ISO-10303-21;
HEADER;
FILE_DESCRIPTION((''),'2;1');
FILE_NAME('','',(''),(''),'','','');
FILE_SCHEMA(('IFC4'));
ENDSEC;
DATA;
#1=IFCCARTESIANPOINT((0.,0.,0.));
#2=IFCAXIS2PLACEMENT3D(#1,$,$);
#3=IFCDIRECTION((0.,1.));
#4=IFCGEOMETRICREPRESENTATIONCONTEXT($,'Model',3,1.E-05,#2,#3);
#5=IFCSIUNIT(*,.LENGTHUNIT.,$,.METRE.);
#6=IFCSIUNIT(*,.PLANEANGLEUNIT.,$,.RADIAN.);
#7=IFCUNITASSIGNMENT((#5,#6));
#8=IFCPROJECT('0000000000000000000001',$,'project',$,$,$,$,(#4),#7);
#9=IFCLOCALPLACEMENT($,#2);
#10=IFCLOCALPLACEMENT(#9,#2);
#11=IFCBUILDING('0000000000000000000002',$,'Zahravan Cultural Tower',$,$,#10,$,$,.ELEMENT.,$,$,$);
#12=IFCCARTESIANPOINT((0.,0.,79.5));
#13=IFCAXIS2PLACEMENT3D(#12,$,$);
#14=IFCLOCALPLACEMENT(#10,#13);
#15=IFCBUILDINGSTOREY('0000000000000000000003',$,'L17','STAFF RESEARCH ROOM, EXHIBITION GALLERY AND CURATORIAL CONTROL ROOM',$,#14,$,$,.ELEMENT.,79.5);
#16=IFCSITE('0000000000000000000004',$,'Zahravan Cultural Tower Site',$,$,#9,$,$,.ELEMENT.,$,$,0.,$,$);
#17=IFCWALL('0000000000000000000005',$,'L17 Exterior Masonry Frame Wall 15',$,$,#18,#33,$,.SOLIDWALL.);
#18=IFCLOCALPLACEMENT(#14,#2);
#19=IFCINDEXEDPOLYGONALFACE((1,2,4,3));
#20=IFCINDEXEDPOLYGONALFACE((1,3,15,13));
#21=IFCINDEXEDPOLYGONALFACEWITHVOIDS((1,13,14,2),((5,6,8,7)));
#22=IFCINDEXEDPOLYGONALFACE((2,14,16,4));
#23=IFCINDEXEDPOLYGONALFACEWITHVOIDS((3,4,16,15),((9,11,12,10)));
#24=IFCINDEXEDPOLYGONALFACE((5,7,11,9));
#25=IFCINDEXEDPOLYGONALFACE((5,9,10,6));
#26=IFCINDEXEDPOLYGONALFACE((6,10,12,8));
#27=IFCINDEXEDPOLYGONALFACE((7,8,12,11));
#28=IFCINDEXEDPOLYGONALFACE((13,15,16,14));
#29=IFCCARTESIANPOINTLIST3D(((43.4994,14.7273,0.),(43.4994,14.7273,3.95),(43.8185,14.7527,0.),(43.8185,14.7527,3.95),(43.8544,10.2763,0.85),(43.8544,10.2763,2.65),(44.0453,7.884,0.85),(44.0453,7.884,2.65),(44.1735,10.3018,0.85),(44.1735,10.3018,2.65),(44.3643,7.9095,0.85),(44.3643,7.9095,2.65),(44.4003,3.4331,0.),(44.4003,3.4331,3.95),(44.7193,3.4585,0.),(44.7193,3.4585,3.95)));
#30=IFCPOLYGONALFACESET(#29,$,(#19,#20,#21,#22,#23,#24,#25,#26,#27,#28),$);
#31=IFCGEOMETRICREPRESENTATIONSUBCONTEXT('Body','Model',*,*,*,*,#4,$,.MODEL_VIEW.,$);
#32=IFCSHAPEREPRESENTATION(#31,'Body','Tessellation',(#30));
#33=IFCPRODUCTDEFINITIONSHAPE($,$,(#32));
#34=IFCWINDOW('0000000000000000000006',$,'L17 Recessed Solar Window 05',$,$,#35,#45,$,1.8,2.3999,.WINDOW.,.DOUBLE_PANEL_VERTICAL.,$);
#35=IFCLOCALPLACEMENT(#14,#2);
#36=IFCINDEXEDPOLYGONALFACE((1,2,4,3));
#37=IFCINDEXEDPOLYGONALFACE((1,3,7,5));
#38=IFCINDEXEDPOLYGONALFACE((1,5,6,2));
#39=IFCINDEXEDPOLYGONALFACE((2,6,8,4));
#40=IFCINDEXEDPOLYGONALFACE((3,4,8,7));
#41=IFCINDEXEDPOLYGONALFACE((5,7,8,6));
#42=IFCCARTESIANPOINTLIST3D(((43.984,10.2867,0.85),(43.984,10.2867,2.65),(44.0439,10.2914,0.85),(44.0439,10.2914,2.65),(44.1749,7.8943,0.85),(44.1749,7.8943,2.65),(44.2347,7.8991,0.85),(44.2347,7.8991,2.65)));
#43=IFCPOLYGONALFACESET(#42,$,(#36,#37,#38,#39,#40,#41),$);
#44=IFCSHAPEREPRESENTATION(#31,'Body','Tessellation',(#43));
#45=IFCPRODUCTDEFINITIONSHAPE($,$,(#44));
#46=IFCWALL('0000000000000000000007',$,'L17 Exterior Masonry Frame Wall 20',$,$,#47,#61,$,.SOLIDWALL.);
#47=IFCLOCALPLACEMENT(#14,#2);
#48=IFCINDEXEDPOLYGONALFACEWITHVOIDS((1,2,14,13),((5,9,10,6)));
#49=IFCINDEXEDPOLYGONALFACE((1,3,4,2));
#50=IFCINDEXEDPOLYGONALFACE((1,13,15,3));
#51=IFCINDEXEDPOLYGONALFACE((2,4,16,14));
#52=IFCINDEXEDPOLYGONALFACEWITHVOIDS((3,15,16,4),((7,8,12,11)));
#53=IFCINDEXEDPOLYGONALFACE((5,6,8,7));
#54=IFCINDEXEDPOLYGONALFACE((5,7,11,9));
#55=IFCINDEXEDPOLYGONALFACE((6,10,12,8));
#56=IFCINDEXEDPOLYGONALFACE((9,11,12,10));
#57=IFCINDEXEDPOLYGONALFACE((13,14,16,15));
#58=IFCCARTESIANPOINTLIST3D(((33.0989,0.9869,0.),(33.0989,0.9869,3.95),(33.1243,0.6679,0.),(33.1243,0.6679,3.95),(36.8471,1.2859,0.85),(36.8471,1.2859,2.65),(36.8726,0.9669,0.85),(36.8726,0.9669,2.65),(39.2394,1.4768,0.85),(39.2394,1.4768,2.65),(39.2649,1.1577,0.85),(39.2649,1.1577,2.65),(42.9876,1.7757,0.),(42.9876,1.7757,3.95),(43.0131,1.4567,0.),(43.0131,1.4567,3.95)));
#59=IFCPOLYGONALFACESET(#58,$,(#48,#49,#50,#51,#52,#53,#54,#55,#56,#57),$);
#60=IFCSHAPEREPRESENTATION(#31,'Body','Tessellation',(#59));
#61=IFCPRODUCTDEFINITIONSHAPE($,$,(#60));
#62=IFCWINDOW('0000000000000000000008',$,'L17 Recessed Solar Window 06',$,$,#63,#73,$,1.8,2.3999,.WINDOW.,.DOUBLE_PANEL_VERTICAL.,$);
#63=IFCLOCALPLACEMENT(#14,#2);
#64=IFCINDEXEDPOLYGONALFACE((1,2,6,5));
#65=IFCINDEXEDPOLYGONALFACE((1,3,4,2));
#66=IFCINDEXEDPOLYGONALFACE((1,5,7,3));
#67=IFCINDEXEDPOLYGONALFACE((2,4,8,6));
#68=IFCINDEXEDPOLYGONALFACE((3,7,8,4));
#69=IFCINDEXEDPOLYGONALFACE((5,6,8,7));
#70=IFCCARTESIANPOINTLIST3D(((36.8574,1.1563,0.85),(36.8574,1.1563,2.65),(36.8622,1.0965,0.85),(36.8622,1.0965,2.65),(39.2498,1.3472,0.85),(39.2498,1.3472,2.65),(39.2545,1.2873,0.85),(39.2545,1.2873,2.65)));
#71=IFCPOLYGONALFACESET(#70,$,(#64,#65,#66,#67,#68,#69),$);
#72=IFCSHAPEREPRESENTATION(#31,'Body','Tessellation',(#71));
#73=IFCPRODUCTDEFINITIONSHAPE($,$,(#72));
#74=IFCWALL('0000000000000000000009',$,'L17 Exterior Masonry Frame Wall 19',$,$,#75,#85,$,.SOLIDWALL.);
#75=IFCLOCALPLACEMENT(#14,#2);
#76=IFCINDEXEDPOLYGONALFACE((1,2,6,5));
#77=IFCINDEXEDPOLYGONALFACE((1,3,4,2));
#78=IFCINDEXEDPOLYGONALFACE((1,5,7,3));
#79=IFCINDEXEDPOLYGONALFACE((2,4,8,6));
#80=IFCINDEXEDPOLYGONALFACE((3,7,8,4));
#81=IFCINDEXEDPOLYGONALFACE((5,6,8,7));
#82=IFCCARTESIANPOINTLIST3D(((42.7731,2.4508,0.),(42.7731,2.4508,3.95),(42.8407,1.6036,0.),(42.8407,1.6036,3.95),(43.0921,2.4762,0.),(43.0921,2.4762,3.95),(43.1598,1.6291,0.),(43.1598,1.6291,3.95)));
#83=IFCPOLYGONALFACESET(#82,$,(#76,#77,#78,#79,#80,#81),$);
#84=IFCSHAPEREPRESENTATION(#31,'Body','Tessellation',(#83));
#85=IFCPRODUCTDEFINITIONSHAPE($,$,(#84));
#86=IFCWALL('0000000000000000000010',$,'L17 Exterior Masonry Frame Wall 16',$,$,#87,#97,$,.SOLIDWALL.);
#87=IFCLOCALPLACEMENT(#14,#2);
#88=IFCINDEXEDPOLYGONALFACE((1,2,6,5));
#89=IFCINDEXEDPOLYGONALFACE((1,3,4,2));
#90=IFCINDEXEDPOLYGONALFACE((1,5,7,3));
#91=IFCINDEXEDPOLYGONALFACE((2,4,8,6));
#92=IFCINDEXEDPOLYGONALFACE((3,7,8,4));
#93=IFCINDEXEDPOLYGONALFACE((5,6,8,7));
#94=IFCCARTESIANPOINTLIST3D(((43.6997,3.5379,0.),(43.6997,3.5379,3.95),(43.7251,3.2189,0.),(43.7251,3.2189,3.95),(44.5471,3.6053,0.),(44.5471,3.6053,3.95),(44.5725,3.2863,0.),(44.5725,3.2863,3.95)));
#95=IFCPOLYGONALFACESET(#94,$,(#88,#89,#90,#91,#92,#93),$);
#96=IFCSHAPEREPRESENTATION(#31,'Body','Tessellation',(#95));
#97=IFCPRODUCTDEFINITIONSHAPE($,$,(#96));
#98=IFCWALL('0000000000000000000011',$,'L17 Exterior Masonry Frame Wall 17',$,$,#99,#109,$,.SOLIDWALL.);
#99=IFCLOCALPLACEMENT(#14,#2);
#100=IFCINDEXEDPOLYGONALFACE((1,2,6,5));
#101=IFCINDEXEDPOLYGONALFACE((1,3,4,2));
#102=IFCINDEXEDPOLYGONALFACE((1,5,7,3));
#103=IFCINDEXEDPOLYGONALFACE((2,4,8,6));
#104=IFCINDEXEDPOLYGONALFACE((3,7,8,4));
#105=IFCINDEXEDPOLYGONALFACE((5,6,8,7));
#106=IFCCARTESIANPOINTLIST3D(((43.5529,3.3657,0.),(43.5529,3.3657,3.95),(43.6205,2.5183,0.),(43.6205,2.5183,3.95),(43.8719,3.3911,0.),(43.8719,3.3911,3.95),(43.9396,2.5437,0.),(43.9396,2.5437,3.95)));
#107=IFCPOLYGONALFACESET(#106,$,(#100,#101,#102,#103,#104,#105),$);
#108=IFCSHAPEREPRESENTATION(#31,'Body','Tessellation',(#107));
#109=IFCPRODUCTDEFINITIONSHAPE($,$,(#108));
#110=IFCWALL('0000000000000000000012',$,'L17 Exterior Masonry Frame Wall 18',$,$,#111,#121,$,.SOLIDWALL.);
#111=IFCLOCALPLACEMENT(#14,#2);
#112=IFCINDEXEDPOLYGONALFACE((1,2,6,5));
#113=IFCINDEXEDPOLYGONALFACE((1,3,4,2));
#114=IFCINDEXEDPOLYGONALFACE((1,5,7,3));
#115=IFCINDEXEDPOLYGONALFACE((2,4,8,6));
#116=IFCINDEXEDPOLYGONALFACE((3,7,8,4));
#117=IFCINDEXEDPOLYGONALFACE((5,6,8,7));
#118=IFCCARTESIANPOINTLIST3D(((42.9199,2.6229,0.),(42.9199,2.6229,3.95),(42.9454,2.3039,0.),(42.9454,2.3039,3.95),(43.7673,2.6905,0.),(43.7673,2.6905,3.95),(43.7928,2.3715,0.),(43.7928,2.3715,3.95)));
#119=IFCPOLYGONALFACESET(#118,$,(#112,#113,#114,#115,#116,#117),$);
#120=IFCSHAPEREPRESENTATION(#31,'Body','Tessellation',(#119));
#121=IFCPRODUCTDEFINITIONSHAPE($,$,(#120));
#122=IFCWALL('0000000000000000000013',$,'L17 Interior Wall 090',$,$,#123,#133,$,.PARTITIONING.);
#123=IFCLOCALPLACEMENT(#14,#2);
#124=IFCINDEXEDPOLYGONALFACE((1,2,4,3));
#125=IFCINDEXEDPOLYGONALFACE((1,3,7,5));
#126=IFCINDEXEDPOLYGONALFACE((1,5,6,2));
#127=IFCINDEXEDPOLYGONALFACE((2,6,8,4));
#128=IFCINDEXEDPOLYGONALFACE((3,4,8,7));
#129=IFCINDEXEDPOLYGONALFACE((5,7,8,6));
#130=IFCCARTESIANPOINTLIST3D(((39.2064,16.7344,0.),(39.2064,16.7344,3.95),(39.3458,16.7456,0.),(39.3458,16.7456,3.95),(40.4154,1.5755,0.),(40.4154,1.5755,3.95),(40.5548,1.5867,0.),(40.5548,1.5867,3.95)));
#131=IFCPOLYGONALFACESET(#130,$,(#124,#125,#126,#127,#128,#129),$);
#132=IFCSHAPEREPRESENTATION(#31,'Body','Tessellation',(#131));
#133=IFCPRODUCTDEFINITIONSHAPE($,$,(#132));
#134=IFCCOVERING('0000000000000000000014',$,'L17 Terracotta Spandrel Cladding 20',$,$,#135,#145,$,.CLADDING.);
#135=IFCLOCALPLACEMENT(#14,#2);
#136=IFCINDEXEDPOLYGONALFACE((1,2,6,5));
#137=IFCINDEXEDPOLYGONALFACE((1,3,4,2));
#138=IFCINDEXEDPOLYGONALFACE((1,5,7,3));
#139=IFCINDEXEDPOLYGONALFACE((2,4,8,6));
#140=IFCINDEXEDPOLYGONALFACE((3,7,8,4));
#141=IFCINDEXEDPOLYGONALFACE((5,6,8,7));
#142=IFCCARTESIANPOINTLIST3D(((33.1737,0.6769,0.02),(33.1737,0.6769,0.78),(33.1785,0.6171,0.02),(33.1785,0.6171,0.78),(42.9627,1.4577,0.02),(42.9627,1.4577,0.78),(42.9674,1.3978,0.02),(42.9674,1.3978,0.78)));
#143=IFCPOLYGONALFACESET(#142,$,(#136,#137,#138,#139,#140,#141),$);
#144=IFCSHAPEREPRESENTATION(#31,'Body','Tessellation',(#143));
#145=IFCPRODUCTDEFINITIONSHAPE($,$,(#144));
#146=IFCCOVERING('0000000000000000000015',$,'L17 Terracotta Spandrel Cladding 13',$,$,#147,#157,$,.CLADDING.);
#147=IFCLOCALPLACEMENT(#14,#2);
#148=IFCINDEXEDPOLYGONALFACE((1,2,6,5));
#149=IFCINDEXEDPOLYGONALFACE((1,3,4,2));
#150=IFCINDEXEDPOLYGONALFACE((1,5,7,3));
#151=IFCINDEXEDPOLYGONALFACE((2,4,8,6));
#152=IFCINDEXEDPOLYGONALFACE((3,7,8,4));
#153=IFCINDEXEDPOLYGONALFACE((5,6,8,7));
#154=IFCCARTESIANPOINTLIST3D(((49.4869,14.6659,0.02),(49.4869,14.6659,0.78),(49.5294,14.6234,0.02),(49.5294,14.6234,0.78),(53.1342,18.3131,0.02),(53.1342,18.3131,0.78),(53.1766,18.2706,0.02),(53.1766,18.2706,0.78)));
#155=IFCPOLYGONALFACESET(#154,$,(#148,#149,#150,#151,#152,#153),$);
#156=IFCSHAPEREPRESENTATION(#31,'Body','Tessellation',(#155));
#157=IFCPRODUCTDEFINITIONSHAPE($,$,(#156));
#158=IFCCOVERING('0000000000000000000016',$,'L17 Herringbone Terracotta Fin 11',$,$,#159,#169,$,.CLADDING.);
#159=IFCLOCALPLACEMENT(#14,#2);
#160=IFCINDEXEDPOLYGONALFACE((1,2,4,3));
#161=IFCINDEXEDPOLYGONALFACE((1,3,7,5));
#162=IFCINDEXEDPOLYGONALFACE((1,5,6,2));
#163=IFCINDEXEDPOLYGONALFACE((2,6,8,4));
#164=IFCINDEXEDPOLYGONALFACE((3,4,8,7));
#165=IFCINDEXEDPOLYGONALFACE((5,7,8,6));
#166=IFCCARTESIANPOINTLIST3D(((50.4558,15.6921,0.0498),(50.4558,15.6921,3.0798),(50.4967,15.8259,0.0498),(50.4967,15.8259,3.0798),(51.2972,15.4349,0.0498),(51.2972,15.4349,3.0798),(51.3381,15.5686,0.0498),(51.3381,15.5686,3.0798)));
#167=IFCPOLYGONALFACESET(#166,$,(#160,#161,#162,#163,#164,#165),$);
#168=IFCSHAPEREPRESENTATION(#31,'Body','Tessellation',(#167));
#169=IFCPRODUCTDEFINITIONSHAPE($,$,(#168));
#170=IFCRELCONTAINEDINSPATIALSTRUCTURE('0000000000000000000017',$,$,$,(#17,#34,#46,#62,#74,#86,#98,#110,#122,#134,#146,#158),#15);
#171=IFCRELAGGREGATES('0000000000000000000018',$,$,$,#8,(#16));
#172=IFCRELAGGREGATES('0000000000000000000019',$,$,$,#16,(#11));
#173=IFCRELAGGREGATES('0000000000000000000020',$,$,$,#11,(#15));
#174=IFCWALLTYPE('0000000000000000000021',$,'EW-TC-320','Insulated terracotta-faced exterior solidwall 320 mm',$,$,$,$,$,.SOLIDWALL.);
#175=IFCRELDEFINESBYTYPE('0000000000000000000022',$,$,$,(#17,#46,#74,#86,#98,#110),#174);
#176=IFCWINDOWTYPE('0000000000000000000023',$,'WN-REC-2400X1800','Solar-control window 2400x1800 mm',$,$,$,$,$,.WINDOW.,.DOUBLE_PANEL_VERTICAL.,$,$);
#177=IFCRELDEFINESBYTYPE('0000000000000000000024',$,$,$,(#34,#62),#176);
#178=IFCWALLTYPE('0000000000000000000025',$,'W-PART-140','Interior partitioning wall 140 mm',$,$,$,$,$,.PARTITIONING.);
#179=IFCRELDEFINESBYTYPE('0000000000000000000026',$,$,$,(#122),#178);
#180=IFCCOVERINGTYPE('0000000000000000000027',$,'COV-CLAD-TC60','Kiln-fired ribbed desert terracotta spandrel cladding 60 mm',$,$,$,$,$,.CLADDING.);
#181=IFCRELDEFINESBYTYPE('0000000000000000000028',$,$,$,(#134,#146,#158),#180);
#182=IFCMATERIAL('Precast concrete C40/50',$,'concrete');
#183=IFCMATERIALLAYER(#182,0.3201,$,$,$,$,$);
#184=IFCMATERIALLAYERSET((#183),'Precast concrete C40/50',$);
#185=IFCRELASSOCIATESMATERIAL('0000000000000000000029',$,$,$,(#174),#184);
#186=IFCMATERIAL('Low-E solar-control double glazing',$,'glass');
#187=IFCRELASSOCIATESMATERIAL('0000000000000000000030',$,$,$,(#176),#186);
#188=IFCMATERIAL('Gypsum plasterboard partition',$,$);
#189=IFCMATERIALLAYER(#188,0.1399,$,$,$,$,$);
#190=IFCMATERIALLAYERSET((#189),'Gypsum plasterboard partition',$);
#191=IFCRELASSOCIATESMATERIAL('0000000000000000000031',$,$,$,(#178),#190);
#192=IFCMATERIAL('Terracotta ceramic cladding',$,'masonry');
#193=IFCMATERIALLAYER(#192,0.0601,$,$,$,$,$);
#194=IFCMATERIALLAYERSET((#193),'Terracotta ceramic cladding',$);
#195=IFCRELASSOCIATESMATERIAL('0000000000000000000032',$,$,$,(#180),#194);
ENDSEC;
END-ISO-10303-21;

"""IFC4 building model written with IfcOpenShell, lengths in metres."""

from ifc_helpers import new_model, si_unit, direction, frame, frame_2d, origin, origin_2d, place, context, subcontext, project, spatial, rectangle, extrude, source, transform, mapped, material, layer, layer_set, type_object, element, fill, save


model = new_model("IFC4")

# Units and contexts
model_context = context("Model", 3, precision=1e-05, world=origin(), true_north=direction((0.0, 1.0)))
body_context = subcontext(model_context, "Body", "Model", "MODEL_VIEW")
ifc_project = project(units=[si_unit("LENGTHUNIT", "METRE"), si_unit("PLANEANGLEUNIT", "RADIAN")], contexts=[model_context])

# Site, building, storey
site_placement = place(None, origin())
site = spatial("IfcSite", under=ifc_project, at=site_placement, Name="Zahravan Cultural Tower Site", CompositionType="ELEMENT", RefElevation=0.0)
building_placement = place(site_placement, origin())
building = spatial("IfcBuilding", under=site, at=building_placement, Name="Zahravan Cultural Tower", CompositionType="ELEMENT")
storey_placement = place(building_placement, frame((0.0, 0.0, 79.5)))
storey = spatial("IfcBuildingStorey", under=building, at=storey_placement, Name="L17", Description="STAFF RESEARCH ROOM, EXHIBITION GALLERY AND CURATORIAL CONTROL ROOM", CompositionType="ELEMENT", Elevation=79.5)

# Walls, openings, windows
ifc_material_1 = material(Name="Precast concrete C40/50", Category="concrete")
ifc_layer_1 = layer(ifc_material_1, 0.3201)
ifc_layer_set_1 = layer_set([ifc_layer_1], Name="Precast concrete C40/50")
wall_type_1 = type_object("IfcWallType", Name="EW-TC-320", Description="Insulated terracotta-faced exterior solidwall 320 mm", PredefinedType="SOLIDWALL", material=ifc_layer_set_1)
ifc_material_2 = material(Name="Low-E solar-control double glazing", Category="glass")
window_type = type_object("IfcWindowType", Name="WN-REC-2400X1800", Description="Solar-control window 2400x1800 mm", PartitioningType="DOUBLE_PANEL_VERTICAL", PredefinedType="WINDOW", material=ifc_material_2)
shared_shape_1 = source(origin(), body_context, "Body", "SweptSolid", [
    extrude(rectangle(XDim=2.3999, YDim=1.8, at=frame_2d((1.2, 0.8999))), frame((0.0, 0.03, 0.0), z_axis=(0.0, -1.0, 0.0), x_axis=(1.0, 0.0, 0.0)), (0.0, 0.0, 1.0), 0.0601),
])
wall_1_placement = place(storey_placement, frame((43.6589, 14.74, 0.0), z_axis=(0.0, 0.0, 1.0), x_axis=(0.079512, -0.996834, 0.0)))
wall_1 = element("IfcWall", 1, at=wall_1_placement, inside=storey, type_object=wall_type_1, Name="L17 Exterior Masonry Frame Wall 15", PredefinedType="SOLIDWALL", context=body_context, shape_type="SweptSolid", body=[
    extrude(rectangle(XDim=11.3301, YDim=0.3201, at=frame_2d((5.665, 0.0))), origin(), (0.0, 0.0, 1.0), 3.95),
])
opening_1_placement = place(wall_1_placement, frame((4.4651, 0.0, 0.8501)))
opening_1 = element("IfcOpeningElement", 2, at=opening_1_placement, cuts=wall_1, PredefinedType="OPENING", context=body_context, shape_type="SweptSolid", body=[
    extrude(rectangle(XDim=2.3999, YDim=1.8, at=frame_2d((1.2, 0.8999))), frame((0.0, 0.1699, 0.0), z_axis=(0.0, -1.0, 0.0), x_axis=(1.0, 0.0, 0.0)), (0.0, 0.0, 1.0), 0.3401),
])
window_1_placement = place(opening_1_placement, origin())
window_1 = element("IfcWindow", 3, at=window_1_placement, inside=storey, type_object=window_type, Name="L17 Recessed Solar Window 05", OverallHeight=1.8, OverallWidth=2.3999, PartitioningType="DOUBLE_PANEL_VERTICAL", PredefinedType="WINDOW", context=body_context, shape_type="MappedRepresentation", body=[
    mapped(shared_shape_1, transform((0.0, 0.0, 0.0), x_axis=(1.0, 0.0, 0.0), y_axis=(0.0, 1.0, 0.0), z_axis=(0.0, 0.0, 1.0), scale=1.0)),
])
fill(opening_1, window_1)
wall_2_placement = place(storey_placement, frame((43.0002, 1.6162, 0.0), z_axis=(0.0, 0.0, 1.0), x_axis=(-0.996833, -0.079517, 0.0)))
wall_2 = element("IfcWall", 4, at=wall_2_placement, inside=storey, type_object=wall_type_1, Name="L17 Exterior Masonry Frame Wall 20", PredefinedType="SOLIDWALL", context=body_context, shape_type="SweptSolid", body=[
    extrude(rectangle(XDim=9.9202, YDim=0.3201, at=frame_2d((4.96, 0.0))), origin(), (0.0, 0.0, 1.0), 3.95),
])
opening_2_placement = place(wall_2_placement, frame((3.76, 0.0, 0.8501)))
opening_2 = element("IfcOpeningElement", 5, at=opening_2_placement, cuts=wall_2, PredefinedType="OPENING", context=body_context, shape_type="SweptSolid", body=[
    extrude(rectangle(XDim=2.3999, YDim=1.8, at=frame_2d((1.2, 0.8999))), frame((0.0, 0.1699, 0.0), z_axis=(0.0, -1.0, 0.0), x_axis=(1.0, 0.0, 0.0)), (0.0, 0.0, 1.0), 0.3401),
])
window_2_placement = place(opening_2_placement, origin())
window_2 = element("IfcWindow", 6, at=window_2_placement, inside=storey, type_object=window_type, Name="L17 Recessed Solar Window 06", OverallHeight=1.8, OverallWidth=2.3999, PartitioningType="DOUBLE_PANEL_VERTICAL", PredefinedType="WINDOW", context=body_context, shape_type="MappedRepresentation", body=[
    mapped(shared_shape_1, transform((0.0, 0.0, 0.0), x_axis=(1.0, 0.0, 0.0), y_axis=(0.0, 1.0, 0.0), z_axis=(0.0, 0.0, 1.0), scale=1.0)),
])
fill(opening_2, window_2)

# Walls
shared_shape_2 = source(origin(), body_context, "Body", "SweptSolid", [
    extrude(rectangle(XDim=0.8499, YDim=0.3201, at=frame_2d((0.4248, 0.0))), origin(), (0.0, 0.0, 1.0), 3.95),
])
wall_3_placement = place(storey_placement, frame((42.9326, 2.4634, 0.0), z_axis=(0.0, 0.0, 1.0), x_axis=(0.079574, -0.996829, 0.0)))
element("IfcWall", 7, at=wall_3_placement, inside=storey, type_object=wall_type_1, Name="L17 Exterior Masonry Frame Wall 19", PredefinedType="SOLIDWALL", context=body_context, shape_type="MappedRepresentation", body=[
    mapped(shared_shape_2, transform((0.0, 0.0, 0.0), x_axis=(1.0, 0.0, 0.0), y_axis=(0.0, 1.0, 0.0), z_axis=(0.0, 0.0, 1.0), scale=1.0)),
])
shared_shape_3 = source(origin(), body_context, "Body", "SweptSolid", [
    extrude(rectangle(XDim=0.8501, YDim=0.3201, at=frame_2d((0.425, 0.0))), origin(), (0.0, 0.0, 1.0), 3.95),
])
for number, where, z_axis, x_axis, name in (
    (8, (44.5598, 3.4458, 0.0), (0.0, 0.0, 1.0), (-0.996854, -0.079266, 0.0), "L17 Exterior Masonry Frame Wall 16"),
    (9, (43.7124, 3.3784, 0.0), (0.0, 0.0, 1.0), (0.079551, -0.996831, 0.0), "L17 Exterior Masonry Frame Wall 17"),
    (10, (43.78, 2.531, 0.0), (0.0, 0.0, 1.0), (-0.996831, -0.079551, 0.0), "L17 Exterior Masonry Frame Wall 18"),
):
    element("IfcWall", number, at=place(storey_placement, frame(where, z_axis=z_axis, x_axis=x_axis)), inside=storey, type_object=wall_type_1, Name=name, PredefinedType="SOLIDWALL", context=body_context, shape_type="MappedRepresentation", body=[
        mapped(shared_shape_3, transform((0.0, 0.0, 0.0), x_axis=(1.0, 0.0, 0.0), y_axis=(0.0, 1.0, 0.0), z_axis=(0.0, 0.0, 1.0), scale=1.0)),
    ])
ifc_material_3 = material(Name="Gypsum plasterboard partition")
ifc_layer_2 = layer(ifc_material_3, 0.1399)
ifc_layer_set_2 = layer_set([ifc_layer_2], Name="Gypsum plasterboard partition")
wall_type_2 = type_object("IfcWallType", Name="W-PART-140", Description="Interior partitioning wall 140 mm", PredefinedType="PARTITIONING", material=ifc_layer_set_2)
shared_shape_4 = source(origin(), body_context, "Body", "SweptSolid", [
    extrude(rectangle(XDim=15.207, YDim=0.1399, at=frame_2d((7.6035, 0.0))), origin(), (0.0, 0.0, 1.0), 3.95),
])
wall_4_placement = place(storey_placement, frame((39.2761, 16.74, 0.0), z_axis=(0.0, 0.0, 1.0), x_axis=(0.079501, -0.996835, 0.0)))
element("IfcWall", 11, at=wall_4_placement, inside=storey, type_object=wall_type_2, Name="L17 Interior Wall 090", PredefinedType="PARTITIONING", context=body_context, shape_type="MappedRepresentation", body=[
    mapped(shared_shape_4, transform((0.0, 0.0, 0.0), x_axis=(1.0, 0.0, 0.0), y_axis=(0.0, 1.0, 0.0), z_axis=(0.0, 0.0, 1.0), scale=1.0)),
])

# Coverings
ifc_material_4 = material(Name="Terracotta ceramic cladding", Category="masonry")
ifc_layer_3 = layer(ifc_material_4, 0.0601)
ifc_layer_set_3 = layer_set([ifc_layer_3], Name="Terracotta ceramic cladding")
covering_type = type_object("IfcCoveringType", Name="COV-CLAD-TC60", Description="Kiln-fired ribbed desert terracotta spandrel cladding 60 mm", PredefinedType="CLADDING", material=ifc_layer_set_3)
shared_shape_5 = source(origin(), body_context, "Body", "SweptSolid", [
    extrude(rectangle(XDim=9.8201, YDim=0.0601, at=origin_2d()), origin(), (0.0, 0.0, 1.0), 0.76),
])
covering_1_placement = place(storey_placement, frame((38.0706, 1.0374, 0.02), z_axis=(0.0, 0.0, 1.0), x_axis=(-0.996835, -0.079503, 0.0)))
element("IfcCovering", 12, at=covering_1_placement, inside=storey, type_object=covering_type, Name="L17 Terracotta Spandrel Cladding 20", PredefinedType="CLADDING", context=body_context, shape_type="MappedRepresentation", body=[
    mapped(shared_shape_5, transform((0.0, 0.0, 0.0), x_axis=(1.0, 0.0, 0.0), y_axis=(0.0, 1.0, 0.0), z_axis=(0.0, 0.0, 1.0), scale=1.0)),
])
shared_shape_6 = source(origin(), body_context, "Body", "SweptSolid", [
    extrude(rectangle(XDim=5.158, YDim=0.0601, at=origin_2d()), origin(), (0.0, 0.0, 1.0), 0.76),
])
covering_2_placement = place(storey_placement, frame((51.3318, 16.4683, 0.02), z_axis=(0.0, 0.0, 1.0), x_axis=(-0.707107, -0.707107, 0.0)))
element("IfcCovering", 13, at=covering_2_placement, inside=storey, type_object=covering_type, Name="L17 Terracotta Spandrel Cladding 13", PredefinedType="CLADDING", context=body_context, shape_type="MappedRepresentation", body=[
    mapped(shared_shape_6, transform((0.0, 0.0, 0.0), x_axis=(1.0, 0.0, 0.0), y_axis=(0.0, 1.0, 0.0), z_axis=(0.0, 0.0, 1.0), scale=1.0)),
])
shared_shape_7 = source(origin(), body_context, "Body", "SweptSolid", [
    extrude(rectangle(XDim=0.8799, YDim=0.1399, at=origin_2d()), origin(), (0.0, 0.0, 1.0), 3.03),
])
for number, where, z_axis, x_axis, name in (
    (14, (50.897, 15.6304, 0.0498), (0.0, 0.0, 1.0), (0.956305, -0.292372, 0.0), "L17 Herringbone Terracotta Fin 11"),
):
    element("IfcCovering", number, at=place(storey_placement, frame(where, z_axis=z_axis, x_axis=x_axis)), inside=storey, type_object=covering_type, Name=name, PredefinedType="CLADDING", context=body_context, shape_type="MappedRepresentation", body=[
        mapped(shared_shape_7, transform((0.0, 0.0, 0.0), x_axis=(1.0, 0.0, 0.0), y_axis=(0.0, 1.0, 0.0), z_axis=(0.0, 0.0, 1.0), scale=1.0)),
    ])

save(model, "model.ifc")
